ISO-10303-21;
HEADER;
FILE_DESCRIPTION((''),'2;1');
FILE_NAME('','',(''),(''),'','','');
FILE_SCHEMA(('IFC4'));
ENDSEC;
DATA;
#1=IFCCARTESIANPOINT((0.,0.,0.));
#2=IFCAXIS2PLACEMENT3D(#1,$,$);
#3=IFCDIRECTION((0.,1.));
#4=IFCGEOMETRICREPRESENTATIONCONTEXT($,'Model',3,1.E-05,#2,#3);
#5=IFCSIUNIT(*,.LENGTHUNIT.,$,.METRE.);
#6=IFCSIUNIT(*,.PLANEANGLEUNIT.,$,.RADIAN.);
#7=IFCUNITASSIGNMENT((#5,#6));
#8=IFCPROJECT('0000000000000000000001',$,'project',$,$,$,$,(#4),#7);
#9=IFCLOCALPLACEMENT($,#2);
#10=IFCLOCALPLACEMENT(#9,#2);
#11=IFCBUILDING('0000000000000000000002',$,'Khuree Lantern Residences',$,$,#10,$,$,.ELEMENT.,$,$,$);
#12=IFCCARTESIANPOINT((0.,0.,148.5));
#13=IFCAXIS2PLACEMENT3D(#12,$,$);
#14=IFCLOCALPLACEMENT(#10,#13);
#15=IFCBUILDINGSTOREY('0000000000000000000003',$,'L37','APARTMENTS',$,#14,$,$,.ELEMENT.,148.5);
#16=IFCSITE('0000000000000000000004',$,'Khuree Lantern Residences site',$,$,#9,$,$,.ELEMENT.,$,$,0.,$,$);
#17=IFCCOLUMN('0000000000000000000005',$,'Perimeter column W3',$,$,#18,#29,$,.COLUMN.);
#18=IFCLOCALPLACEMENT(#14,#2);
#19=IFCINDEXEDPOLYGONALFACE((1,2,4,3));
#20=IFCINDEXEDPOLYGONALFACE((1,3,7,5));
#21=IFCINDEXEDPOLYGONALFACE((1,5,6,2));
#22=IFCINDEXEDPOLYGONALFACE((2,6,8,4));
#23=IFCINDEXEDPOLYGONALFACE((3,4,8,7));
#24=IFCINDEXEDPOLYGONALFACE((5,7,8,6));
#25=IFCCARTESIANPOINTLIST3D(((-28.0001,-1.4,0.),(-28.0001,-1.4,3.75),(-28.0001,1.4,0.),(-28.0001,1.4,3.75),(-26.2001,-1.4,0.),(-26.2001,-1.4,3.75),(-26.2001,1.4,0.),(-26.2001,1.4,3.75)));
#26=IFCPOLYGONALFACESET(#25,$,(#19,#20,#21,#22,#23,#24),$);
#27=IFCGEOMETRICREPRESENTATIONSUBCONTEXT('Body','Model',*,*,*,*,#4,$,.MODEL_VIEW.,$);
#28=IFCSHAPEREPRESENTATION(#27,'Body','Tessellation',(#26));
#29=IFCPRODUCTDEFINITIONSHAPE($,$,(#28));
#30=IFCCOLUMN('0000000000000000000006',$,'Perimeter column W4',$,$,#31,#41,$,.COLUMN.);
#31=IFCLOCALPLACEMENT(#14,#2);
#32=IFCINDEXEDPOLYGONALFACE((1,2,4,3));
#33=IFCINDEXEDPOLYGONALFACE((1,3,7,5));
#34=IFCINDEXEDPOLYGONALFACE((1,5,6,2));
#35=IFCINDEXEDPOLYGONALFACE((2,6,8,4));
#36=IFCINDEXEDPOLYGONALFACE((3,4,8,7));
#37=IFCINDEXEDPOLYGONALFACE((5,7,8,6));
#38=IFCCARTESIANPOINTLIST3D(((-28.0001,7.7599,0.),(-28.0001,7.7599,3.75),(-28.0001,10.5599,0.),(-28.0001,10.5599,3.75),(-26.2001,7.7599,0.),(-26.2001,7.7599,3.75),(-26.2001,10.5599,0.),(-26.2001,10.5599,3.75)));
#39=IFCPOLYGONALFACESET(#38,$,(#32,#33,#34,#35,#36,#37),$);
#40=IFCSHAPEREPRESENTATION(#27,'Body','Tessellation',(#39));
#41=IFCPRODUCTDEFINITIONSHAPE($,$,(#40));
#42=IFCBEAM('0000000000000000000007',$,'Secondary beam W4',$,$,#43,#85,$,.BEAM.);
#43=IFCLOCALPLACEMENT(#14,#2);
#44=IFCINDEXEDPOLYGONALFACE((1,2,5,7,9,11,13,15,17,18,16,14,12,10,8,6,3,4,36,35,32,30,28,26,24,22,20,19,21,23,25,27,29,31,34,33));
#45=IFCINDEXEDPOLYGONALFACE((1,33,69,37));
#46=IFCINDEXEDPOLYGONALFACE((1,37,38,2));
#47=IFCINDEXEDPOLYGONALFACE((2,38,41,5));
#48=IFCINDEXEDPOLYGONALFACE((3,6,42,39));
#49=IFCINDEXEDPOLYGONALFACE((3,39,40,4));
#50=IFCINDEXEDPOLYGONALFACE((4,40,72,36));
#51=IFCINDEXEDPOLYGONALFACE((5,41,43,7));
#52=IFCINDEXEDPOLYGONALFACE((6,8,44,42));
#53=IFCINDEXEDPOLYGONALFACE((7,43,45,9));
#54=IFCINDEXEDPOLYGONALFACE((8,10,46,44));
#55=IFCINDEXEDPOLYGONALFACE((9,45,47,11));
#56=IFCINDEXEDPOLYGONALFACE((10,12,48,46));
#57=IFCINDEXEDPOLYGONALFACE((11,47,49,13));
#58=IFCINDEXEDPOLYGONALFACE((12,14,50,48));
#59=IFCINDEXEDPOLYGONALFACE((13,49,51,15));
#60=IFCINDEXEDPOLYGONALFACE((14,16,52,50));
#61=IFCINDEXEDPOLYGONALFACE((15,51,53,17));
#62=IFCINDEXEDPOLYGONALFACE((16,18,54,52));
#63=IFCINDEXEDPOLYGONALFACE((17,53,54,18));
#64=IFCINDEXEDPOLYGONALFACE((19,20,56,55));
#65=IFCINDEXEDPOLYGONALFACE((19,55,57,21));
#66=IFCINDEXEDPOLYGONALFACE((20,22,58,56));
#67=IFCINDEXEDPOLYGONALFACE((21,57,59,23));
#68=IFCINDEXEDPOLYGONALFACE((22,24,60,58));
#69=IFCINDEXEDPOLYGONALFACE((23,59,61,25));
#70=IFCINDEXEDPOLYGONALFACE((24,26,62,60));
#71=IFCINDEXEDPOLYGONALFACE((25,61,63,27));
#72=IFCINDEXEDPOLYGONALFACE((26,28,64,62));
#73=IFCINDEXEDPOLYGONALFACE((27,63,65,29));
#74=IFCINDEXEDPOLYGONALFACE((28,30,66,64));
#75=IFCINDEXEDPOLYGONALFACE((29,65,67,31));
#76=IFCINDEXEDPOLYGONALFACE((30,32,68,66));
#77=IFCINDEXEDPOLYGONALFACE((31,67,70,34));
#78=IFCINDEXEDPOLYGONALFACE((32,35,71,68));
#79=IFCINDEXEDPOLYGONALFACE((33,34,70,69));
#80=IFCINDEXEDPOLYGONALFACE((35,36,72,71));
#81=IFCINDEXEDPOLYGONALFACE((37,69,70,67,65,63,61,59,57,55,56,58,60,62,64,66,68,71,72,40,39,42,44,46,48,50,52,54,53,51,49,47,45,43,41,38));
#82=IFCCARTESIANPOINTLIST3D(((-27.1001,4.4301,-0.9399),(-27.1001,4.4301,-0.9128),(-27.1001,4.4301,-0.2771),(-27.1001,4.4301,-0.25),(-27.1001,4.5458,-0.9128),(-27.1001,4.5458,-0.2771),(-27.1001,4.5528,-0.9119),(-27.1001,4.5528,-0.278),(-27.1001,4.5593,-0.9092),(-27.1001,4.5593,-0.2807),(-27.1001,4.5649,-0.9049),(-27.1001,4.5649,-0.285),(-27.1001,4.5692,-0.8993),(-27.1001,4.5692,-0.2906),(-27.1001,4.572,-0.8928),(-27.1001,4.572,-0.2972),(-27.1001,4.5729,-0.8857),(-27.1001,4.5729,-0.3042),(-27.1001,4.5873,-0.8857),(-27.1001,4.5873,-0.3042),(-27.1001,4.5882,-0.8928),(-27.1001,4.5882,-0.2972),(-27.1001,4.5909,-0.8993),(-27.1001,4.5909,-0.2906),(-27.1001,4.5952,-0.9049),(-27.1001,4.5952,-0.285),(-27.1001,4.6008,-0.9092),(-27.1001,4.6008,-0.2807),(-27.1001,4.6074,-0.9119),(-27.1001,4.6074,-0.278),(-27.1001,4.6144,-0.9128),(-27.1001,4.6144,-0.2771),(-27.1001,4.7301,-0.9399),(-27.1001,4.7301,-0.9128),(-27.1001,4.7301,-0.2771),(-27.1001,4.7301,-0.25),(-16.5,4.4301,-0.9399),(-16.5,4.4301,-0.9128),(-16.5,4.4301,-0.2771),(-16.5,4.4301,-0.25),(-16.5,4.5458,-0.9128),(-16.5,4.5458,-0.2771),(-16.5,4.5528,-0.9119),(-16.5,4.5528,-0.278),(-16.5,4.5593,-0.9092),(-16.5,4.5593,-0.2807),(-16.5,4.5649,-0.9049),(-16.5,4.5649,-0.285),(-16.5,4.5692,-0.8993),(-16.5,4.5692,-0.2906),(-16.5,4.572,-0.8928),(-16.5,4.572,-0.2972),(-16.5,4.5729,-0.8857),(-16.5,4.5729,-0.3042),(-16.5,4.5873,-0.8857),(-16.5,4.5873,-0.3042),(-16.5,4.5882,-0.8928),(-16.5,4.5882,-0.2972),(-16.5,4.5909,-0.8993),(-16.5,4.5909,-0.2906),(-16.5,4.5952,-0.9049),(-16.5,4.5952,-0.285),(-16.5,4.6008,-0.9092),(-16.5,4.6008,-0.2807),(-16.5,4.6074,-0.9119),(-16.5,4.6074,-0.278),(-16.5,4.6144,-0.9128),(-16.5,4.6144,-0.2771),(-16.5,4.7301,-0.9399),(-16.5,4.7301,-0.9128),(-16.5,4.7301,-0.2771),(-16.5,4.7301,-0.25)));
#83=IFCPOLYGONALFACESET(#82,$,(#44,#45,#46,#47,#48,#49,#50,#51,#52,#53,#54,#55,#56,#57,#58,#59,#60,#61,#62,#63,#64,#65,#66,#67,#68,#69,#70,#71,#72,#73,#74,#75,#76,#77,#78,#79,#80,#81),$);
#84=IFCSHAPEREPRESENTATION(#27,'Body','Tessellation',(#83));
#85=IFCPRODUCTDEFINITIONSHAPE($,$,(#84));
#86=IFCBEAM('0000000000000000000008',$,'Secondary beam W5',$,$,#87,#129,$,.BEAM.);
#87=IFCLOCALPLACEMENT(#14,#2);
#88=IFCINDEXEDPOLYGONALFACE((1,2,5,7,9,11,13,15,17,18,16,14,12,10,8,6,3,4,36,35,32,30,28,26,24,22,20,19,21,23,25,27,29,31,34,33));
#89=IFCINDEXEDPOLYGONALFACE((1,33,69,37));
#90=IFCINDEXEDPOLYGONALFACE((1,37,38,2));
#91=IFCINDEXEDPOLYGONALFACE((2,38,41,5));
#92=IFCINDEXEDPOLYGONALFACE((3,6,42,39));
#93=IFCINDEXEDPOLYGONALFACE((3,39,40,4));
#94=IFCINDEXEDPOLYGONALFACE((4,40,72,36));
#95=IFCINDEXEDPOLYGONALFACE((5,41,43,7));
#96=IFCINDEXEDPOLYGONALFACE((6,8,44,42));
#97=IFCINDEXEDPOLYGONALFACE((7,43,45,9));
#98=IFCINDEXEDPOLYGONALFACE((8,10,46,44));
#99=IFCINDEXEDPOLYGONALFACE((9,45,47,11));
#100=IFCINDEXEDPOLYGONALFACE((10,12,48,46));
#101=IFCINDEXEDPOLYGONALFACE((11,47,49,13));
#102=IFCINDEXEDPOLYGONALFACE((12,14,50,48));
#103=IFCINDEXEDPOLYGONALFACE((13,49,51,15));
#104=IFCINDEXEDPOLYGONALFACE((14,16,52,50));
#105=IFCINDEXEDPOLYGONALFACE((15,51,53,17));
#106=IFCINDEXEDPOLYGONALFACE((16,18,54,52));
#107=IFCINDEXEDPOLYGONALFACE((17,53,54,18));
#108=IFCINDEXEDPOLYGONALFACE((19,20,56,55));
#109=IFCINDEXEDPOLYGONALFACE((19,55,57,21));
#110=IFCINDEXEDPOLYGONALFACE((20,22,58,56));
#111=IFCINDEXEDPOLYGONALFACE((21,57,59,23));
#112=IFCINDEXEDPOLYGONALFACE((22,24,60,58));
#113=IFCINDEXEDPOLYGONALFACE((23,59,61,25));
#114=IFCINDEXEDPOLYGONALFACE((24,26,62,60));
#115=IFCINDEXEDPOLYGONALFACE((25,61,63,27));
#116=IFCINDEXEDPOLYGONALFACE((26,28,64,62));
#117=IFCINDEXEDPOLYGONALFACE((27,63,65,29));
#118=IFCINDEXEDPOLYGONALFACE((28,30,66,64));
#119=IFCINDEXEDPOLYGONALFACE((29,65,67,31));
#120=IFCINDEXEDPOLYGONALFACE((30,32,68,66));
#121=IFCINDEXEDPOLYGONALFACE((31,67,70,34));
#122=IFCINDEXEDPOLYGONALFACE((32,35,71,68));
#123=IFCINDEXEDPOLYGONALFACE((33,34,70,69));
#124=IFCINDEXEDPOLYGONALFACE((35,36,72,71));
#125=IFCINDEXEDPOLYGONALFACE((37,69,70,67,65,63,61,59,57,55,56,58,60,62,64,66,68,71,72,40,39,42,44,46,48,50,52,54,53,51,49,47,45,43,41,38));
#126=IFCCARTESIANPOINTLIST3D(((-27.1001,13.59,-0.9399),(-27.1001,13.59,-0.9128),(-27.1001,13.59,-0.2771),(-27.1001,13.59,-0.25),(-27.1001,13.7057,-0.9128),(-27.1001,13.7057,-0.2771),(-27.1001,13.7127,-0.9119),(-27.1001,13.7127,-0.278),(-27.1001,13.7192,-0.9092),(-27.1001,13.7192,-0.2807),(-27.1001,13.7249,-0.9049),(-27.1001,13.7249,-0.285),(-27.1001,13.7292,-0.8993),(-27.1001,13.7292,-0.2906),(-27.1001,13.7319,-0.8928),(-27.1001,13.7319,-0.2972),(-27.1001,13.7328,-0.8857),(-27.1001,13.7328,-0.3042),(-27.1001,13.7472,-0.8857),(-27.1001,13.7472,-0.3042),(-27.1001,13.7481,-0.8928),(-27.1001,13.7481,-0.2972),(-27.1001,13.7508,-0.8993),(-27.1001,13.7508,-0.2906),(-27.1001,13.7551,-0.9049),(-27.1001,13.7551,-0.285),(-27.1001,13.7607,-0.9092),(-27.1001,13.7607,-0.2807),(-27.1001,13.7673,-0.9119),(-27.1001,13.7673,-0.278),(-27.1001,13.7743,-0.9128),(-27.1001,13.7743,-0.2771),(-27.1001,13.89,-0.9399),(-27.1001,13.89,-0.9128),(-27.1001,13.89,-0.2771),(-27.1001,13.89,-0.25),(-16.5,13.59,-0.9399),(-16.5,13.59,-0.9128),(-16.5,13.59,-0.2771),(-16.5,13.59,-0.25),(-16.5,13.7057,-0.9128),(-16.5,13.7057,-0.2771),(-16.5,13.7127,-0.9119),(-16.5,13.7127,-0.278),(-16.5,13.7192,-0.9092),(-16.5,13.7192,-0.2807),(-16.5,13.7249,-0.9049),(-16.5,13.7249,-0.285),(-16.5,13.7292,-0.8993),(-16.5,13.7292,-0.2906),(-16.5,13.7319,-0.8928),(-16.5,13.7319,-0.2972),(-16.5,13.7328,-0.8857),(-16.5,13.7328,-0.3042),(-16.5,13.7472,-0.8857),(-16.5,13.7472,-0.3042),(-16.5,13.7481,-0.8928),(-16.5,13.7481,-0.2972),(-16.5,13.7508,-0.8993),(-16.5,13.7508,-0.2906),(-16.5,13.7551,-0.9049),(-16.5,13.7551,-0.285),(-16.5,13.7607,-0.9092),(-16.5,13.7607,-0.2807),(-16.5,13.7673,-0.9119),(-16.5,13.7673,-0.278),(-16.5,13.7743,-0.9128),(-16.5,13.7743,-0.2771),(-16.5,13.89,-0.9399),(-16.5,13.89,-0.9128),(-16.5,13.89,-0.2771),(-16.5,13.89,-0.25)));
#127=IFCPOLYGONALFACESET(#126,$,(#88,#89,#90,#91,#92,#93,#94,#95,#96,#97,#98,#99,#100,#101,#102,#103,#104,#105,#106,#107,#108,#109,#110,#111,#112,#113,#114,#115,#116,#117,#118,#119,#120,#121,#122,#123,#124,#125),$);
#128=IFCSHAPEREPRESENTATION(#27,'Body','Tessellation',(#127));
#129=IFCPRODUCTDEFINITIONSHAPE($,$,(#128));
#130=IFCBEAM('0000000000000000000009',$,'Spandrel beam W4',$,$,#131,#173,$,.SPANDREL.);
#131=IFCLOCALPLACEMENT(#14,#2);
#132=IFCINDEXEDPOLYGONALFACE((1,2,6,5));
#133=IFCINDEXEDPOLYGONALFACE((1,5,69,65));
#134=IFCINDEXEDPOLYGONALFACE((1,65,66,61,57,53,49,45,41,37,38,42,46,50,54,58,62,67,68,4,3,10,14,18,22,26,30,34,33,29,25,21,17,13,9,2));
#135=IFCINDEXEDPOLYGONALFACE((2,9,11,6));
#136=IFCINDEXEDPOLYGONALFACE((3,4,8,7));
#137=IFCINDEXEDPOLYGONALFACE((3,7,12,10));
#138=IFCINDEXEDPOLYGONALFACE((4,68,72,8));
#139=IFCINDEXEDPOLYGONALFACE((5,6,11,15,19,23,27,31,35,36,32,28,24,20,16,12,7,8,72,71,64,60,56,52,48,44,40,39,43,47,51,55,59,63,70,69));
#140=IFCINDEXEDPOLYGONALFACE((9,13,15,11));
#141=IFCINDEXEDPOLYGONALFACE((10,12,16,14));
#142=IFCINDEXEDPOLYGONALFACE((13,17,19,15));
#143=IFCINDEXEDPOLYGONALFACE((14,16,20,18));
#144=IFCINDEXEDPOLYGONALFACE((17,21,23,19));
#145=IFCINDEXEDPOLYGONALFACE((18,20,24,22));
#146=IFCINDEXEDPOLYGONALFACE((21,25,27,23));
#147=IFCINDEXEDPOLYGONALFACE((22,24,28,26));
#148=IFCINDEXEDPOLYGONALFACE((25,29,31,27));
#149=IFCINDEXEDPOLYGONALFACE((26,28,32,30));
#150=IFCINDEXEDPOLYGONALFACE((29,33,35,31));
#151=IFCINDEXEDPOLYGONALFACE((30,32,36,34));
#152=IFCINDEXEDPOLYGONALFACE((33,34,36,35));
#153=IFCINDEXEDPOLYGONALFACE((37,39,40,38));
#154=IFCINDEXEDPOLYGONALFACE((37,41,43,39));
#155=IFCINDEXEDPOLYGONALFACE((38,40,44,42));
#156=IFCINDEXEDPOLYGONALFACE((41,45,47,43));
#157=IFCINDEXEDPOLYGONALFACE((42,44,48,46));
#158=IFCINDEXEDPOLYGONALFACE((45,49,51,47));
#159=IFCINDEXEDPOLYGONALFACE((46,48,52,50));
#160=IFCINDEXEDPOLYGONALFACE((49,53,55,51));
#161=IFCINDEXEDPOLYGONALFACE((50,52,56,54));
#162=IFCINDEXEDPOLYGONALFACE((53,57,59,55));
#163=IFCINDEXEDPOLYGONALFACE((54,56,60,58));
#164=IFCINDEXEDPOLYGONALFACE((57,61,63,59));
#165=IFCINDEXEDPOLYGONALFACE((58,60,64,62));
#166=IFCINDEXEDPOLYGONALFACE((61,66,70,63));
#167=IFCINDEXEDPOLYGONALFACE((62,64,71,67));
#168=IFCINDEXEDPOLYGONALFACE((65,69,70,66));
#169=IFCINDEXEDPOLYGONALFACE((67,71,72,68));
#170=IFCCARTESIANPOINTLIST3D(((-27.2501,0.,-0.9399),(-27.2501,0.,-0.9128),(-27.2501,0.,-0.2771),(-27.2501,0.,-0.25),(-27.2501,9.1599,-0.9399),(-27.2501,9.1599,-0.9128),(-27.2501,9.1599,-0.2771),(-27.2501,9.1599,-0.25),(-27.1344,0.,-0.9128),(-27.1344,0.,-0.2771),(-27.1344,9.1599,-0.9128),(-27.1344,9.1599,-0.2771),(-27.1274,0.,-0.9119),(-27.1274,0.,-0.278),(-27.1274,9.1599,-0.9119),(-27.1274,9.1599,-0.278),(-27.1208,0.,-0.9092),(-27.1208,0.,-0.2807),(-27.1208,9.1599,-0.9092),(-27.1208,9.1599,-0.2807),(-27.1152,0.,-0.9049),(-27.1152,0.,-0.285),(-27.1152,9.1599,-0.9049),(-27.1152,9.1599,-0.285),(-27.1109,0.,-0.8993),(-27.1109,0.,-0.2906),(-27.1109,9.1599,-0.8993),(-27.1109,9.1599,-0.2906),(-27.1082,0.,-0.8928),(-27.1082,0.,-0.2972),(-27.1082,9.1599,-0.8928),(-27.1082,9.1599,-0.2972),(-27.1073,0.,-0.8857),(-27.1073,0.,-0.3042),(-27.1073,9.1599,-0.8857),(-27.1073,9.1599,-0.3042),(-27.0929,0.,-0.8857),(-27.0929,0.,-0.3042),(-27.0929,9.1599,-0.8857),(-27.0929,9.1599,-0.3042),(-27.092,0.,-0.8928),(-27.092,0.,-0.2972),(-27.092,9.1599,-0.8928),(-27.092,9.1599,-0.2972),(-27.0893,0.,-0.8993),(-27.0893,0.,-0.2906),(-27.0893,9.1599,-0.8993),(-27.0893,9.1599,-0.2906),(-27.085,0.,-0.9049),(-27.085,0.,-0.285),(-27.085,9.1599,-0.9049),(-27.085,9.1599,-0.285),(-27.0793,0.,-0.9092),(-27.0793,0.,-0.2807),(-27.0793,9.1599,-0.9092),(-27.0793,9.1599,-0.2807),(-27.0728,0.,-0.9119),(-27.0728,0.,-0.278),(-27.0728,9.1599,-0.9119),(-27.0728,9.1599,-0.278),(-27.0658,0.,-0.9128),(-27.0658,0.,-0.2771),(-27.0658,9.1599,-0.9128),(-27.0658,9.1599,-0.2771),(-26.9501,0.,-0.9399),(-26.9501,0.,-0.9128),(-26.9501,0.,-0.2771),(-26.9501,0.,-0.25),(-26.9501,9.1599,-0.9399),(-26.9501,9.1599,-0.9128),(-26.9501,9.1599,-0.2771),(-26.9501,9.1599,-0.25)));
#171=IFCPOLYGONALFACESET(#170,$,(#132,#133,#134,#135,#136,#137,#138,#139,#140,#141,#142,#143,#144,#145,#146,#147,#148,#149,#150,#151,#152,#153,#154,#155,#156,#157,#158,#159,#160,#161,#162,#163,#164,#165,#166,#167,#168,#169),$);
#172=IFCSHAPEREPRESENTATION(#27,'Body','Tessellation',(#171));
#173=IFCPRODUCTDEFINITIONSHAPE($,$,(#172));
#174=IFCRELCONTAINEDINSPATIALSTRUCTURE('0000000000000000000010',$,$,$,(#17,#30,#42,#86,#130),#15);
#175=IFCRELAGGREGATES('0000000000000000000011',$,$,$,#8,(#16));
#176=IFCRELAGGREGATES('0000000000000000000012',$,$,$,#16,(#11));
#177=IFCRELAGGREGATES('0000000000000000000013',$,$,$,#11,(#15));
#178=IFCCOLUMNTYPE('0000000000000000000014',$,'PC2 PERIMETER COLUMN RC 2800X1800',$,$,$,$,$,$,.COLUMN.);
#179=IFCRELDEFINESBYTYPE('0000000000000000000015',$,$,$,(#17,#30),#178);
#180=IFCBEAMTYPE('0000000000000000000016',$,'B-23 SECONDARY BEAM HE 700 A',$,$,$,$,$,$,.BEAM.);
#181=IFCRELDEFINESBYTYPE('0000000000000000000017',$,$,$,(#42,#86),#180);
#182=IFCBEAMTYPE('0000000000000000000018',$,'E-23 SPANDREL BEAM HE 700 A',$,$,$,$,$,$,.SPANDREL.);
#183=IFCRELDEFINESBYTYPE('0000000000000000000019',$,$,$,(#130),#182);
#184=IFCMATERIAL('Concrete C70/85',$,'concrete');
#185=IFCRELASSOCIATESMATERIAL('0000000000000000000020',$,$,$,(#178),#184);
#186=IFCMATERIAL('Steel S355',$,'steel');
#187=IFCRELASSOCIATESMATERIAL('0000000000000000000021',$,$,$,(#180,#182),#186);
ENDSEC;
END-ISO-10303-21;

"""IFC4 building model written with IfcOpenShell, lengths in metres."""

from ifc_helpers import new_model, si_unit, direction, frame, origin, origin_2d, place, context, subcontext, project, spatial, rectangle, i_section, extrude, material, material_profile, profile_set, type_object, element, save


model = new_model("IFC4")

# Units and contexts
model_context = context("Model", 3, precision=1e-05, world=origin(), true_north=direction((0.0, 1.0)))
body_context = subcontext(model_context, "Body", "Model", "MODEL_VIEW")
ifc_project = project(units=[si_unit("LENGTHUNIT", "METRE"), si_unit("PLANEANGLEUNIT", "RADIAN")], contexts=[model_context])

# Site, building, storey
site_placement = place(None, origin())
site = spatial("IfcSite", under=ifc_project, at=site_placement, Name="Khuree Lantern Residences site", CompositionType="ELEMENT", RefElevation=0.0)
building_placement = place(site_placement, origin())
building = spatial("IfcBuilding", under=site, at=building_placement, Name="Khuree Lantern Residences", CompositionType="ELEMENT")
storey_placement = place(building_placement, frame((0.0, 0.0, 148.5)))
storey = spatial("IfcBuildingStorey", under=building, at=storey_placement, Name="L37", Description="APARTMENTS", CompositionType="ELEMENT", Elevation=148.5)

# Columns
ifc_material_1 = material(Name="Concrete C70/85", Category="concrete")
ifc_material_profile_1 = material_profile(ifc_material_1, rectangle(XDim=2.8, YDim=1.8, at=origin_2d()), Name="RC 2800X1800")
ifc_profile_set_1 = profile_set([ifc_material_profile_1], Name="Concrete C70/85")
column_type = type_object("IfcColumnType", Name="PC2 PERIMETER COLUMN RC 2800X1800", PredefinedType="COLUMN", material=ifc_profile_set_1)
for number, where, z_axis, x_axis, name in (
    (1, (-27.1001, 0.0, 0.0), (0.0, 0.0, 1.0), (0.0, 1.0, 0.0), "Perimeter column W3"),
    (2, (-27.1001, 9.1599, 0.0), (0.0, 0.0, 1.0), (0.0, 1.0, 0.0), "Perimeter column W4"),
):
    element("IfcColumn", number, at=place(storey_placement, frame(where, z_axis=z_axis, x_axis=x_axis)), inside=storey, type_object=column_type, Name=name, PredefinedType="COLUMN", context=body_context, shape_type="SweptSolid", body=[
        extrude(rectangle(XDim=2.8, YDim=1.8, at=origin_2d()), origin(), (0.0, 0.0, 1.0), 3.75),
    ])

# Beams
ifc_material_2 = material(Name="Steel S355", Category="steel")
ifc_material_profile_2 = material_profile(ifc_material_2, i_section(OverallWidth=0.3, OverallDepth=0.6899, WebThickness=0.0144, FlangeThickness=0.0271, FilletRadius=0.0271, at=origin_2d()), Name="HE 700 A")
ifc_profile_set_2 = profile_set([ifc_material_profile_2], Name="Steel S355")
beam_type_1 = type_object("IfcBeamType", Name="B-23 SECONDARY BEAM HE 700 A", PredefinedType="BEAM", material=ifc_profile_set_2)
for number, where, z_axis, x_axis, name in (
    (3, (-27.1001, 4.5801, -0.595), (1.0, 0.0, 0.0), (0.0, 1.0, 0.0), "Secondary beam W4"),
    (4, (-27.1001, 13.74, -0.595), (1.0, 0.0, 0.0), (0.0, 1.0, 0.0), "Secondary beam W5"),
):
    element("IfcBeam", number, at=place(storey_placement, frame(where, z_axis=z_axis, x_axis=x_axis)), inside=storey, type_object=beam_type_1, Name=name, PredefinedType="BEAM", context=body_context, shape_type="SweptSolid", body=[
        extrude(i_section(OverallWidth=0.3, OverallDepth=0.6899, WebThickness=0.0144, FlangeThickness=0.0271, FilletRadius=0.0271, at=origin_2d()), origin(), (0.0, 0.0, 1.0), 10.6001),
    ])
ifc_material_profile_3 = material_profile(ifc_material_2, i_section(OverallWidth=0.3, OverallDepth=0.6899, WebThickness=0.0144, FlangeThickness=0.0271, FilletRadius=0.0271, at=origin_2d()), Name="HE 700 A")
ifc_profile_set_3 = profile_set([ifc_material_profile_3], Name="Steel S355")
beam_type_2 = type_object("IfcBeamType", Name="E-23 SPANDREL BEAM HE 700 A", PredefinedType="SPANDREL", material=ifc_profile_set_3)
beam_1_placement = place(storey_placement, frame((-27.1001, 0.0, -0.595), z_axis=(0.0, 1.0, 0.0), x_axis=(-1.0, 0.0, 0.0)))
element("IfcBeam", 5, at=beam_1_placement, inside=storey, type_object=beam_type_2, Name="Spandrel beam W4", PredefinedType="SPANDREL", context=body_context, shape_type="SweptSolid", body=[
    extrude(i_section(OverallWidth=0.3, OverallDepth=0.6899, WebThickness=0.0144, FlangeThickness=0.0271, FilletRadius=0.0271, at=origin_2d()), origin(), (0.0, 0.0, 1.0), 9.1599),
])

save(model, "model.ifc")
